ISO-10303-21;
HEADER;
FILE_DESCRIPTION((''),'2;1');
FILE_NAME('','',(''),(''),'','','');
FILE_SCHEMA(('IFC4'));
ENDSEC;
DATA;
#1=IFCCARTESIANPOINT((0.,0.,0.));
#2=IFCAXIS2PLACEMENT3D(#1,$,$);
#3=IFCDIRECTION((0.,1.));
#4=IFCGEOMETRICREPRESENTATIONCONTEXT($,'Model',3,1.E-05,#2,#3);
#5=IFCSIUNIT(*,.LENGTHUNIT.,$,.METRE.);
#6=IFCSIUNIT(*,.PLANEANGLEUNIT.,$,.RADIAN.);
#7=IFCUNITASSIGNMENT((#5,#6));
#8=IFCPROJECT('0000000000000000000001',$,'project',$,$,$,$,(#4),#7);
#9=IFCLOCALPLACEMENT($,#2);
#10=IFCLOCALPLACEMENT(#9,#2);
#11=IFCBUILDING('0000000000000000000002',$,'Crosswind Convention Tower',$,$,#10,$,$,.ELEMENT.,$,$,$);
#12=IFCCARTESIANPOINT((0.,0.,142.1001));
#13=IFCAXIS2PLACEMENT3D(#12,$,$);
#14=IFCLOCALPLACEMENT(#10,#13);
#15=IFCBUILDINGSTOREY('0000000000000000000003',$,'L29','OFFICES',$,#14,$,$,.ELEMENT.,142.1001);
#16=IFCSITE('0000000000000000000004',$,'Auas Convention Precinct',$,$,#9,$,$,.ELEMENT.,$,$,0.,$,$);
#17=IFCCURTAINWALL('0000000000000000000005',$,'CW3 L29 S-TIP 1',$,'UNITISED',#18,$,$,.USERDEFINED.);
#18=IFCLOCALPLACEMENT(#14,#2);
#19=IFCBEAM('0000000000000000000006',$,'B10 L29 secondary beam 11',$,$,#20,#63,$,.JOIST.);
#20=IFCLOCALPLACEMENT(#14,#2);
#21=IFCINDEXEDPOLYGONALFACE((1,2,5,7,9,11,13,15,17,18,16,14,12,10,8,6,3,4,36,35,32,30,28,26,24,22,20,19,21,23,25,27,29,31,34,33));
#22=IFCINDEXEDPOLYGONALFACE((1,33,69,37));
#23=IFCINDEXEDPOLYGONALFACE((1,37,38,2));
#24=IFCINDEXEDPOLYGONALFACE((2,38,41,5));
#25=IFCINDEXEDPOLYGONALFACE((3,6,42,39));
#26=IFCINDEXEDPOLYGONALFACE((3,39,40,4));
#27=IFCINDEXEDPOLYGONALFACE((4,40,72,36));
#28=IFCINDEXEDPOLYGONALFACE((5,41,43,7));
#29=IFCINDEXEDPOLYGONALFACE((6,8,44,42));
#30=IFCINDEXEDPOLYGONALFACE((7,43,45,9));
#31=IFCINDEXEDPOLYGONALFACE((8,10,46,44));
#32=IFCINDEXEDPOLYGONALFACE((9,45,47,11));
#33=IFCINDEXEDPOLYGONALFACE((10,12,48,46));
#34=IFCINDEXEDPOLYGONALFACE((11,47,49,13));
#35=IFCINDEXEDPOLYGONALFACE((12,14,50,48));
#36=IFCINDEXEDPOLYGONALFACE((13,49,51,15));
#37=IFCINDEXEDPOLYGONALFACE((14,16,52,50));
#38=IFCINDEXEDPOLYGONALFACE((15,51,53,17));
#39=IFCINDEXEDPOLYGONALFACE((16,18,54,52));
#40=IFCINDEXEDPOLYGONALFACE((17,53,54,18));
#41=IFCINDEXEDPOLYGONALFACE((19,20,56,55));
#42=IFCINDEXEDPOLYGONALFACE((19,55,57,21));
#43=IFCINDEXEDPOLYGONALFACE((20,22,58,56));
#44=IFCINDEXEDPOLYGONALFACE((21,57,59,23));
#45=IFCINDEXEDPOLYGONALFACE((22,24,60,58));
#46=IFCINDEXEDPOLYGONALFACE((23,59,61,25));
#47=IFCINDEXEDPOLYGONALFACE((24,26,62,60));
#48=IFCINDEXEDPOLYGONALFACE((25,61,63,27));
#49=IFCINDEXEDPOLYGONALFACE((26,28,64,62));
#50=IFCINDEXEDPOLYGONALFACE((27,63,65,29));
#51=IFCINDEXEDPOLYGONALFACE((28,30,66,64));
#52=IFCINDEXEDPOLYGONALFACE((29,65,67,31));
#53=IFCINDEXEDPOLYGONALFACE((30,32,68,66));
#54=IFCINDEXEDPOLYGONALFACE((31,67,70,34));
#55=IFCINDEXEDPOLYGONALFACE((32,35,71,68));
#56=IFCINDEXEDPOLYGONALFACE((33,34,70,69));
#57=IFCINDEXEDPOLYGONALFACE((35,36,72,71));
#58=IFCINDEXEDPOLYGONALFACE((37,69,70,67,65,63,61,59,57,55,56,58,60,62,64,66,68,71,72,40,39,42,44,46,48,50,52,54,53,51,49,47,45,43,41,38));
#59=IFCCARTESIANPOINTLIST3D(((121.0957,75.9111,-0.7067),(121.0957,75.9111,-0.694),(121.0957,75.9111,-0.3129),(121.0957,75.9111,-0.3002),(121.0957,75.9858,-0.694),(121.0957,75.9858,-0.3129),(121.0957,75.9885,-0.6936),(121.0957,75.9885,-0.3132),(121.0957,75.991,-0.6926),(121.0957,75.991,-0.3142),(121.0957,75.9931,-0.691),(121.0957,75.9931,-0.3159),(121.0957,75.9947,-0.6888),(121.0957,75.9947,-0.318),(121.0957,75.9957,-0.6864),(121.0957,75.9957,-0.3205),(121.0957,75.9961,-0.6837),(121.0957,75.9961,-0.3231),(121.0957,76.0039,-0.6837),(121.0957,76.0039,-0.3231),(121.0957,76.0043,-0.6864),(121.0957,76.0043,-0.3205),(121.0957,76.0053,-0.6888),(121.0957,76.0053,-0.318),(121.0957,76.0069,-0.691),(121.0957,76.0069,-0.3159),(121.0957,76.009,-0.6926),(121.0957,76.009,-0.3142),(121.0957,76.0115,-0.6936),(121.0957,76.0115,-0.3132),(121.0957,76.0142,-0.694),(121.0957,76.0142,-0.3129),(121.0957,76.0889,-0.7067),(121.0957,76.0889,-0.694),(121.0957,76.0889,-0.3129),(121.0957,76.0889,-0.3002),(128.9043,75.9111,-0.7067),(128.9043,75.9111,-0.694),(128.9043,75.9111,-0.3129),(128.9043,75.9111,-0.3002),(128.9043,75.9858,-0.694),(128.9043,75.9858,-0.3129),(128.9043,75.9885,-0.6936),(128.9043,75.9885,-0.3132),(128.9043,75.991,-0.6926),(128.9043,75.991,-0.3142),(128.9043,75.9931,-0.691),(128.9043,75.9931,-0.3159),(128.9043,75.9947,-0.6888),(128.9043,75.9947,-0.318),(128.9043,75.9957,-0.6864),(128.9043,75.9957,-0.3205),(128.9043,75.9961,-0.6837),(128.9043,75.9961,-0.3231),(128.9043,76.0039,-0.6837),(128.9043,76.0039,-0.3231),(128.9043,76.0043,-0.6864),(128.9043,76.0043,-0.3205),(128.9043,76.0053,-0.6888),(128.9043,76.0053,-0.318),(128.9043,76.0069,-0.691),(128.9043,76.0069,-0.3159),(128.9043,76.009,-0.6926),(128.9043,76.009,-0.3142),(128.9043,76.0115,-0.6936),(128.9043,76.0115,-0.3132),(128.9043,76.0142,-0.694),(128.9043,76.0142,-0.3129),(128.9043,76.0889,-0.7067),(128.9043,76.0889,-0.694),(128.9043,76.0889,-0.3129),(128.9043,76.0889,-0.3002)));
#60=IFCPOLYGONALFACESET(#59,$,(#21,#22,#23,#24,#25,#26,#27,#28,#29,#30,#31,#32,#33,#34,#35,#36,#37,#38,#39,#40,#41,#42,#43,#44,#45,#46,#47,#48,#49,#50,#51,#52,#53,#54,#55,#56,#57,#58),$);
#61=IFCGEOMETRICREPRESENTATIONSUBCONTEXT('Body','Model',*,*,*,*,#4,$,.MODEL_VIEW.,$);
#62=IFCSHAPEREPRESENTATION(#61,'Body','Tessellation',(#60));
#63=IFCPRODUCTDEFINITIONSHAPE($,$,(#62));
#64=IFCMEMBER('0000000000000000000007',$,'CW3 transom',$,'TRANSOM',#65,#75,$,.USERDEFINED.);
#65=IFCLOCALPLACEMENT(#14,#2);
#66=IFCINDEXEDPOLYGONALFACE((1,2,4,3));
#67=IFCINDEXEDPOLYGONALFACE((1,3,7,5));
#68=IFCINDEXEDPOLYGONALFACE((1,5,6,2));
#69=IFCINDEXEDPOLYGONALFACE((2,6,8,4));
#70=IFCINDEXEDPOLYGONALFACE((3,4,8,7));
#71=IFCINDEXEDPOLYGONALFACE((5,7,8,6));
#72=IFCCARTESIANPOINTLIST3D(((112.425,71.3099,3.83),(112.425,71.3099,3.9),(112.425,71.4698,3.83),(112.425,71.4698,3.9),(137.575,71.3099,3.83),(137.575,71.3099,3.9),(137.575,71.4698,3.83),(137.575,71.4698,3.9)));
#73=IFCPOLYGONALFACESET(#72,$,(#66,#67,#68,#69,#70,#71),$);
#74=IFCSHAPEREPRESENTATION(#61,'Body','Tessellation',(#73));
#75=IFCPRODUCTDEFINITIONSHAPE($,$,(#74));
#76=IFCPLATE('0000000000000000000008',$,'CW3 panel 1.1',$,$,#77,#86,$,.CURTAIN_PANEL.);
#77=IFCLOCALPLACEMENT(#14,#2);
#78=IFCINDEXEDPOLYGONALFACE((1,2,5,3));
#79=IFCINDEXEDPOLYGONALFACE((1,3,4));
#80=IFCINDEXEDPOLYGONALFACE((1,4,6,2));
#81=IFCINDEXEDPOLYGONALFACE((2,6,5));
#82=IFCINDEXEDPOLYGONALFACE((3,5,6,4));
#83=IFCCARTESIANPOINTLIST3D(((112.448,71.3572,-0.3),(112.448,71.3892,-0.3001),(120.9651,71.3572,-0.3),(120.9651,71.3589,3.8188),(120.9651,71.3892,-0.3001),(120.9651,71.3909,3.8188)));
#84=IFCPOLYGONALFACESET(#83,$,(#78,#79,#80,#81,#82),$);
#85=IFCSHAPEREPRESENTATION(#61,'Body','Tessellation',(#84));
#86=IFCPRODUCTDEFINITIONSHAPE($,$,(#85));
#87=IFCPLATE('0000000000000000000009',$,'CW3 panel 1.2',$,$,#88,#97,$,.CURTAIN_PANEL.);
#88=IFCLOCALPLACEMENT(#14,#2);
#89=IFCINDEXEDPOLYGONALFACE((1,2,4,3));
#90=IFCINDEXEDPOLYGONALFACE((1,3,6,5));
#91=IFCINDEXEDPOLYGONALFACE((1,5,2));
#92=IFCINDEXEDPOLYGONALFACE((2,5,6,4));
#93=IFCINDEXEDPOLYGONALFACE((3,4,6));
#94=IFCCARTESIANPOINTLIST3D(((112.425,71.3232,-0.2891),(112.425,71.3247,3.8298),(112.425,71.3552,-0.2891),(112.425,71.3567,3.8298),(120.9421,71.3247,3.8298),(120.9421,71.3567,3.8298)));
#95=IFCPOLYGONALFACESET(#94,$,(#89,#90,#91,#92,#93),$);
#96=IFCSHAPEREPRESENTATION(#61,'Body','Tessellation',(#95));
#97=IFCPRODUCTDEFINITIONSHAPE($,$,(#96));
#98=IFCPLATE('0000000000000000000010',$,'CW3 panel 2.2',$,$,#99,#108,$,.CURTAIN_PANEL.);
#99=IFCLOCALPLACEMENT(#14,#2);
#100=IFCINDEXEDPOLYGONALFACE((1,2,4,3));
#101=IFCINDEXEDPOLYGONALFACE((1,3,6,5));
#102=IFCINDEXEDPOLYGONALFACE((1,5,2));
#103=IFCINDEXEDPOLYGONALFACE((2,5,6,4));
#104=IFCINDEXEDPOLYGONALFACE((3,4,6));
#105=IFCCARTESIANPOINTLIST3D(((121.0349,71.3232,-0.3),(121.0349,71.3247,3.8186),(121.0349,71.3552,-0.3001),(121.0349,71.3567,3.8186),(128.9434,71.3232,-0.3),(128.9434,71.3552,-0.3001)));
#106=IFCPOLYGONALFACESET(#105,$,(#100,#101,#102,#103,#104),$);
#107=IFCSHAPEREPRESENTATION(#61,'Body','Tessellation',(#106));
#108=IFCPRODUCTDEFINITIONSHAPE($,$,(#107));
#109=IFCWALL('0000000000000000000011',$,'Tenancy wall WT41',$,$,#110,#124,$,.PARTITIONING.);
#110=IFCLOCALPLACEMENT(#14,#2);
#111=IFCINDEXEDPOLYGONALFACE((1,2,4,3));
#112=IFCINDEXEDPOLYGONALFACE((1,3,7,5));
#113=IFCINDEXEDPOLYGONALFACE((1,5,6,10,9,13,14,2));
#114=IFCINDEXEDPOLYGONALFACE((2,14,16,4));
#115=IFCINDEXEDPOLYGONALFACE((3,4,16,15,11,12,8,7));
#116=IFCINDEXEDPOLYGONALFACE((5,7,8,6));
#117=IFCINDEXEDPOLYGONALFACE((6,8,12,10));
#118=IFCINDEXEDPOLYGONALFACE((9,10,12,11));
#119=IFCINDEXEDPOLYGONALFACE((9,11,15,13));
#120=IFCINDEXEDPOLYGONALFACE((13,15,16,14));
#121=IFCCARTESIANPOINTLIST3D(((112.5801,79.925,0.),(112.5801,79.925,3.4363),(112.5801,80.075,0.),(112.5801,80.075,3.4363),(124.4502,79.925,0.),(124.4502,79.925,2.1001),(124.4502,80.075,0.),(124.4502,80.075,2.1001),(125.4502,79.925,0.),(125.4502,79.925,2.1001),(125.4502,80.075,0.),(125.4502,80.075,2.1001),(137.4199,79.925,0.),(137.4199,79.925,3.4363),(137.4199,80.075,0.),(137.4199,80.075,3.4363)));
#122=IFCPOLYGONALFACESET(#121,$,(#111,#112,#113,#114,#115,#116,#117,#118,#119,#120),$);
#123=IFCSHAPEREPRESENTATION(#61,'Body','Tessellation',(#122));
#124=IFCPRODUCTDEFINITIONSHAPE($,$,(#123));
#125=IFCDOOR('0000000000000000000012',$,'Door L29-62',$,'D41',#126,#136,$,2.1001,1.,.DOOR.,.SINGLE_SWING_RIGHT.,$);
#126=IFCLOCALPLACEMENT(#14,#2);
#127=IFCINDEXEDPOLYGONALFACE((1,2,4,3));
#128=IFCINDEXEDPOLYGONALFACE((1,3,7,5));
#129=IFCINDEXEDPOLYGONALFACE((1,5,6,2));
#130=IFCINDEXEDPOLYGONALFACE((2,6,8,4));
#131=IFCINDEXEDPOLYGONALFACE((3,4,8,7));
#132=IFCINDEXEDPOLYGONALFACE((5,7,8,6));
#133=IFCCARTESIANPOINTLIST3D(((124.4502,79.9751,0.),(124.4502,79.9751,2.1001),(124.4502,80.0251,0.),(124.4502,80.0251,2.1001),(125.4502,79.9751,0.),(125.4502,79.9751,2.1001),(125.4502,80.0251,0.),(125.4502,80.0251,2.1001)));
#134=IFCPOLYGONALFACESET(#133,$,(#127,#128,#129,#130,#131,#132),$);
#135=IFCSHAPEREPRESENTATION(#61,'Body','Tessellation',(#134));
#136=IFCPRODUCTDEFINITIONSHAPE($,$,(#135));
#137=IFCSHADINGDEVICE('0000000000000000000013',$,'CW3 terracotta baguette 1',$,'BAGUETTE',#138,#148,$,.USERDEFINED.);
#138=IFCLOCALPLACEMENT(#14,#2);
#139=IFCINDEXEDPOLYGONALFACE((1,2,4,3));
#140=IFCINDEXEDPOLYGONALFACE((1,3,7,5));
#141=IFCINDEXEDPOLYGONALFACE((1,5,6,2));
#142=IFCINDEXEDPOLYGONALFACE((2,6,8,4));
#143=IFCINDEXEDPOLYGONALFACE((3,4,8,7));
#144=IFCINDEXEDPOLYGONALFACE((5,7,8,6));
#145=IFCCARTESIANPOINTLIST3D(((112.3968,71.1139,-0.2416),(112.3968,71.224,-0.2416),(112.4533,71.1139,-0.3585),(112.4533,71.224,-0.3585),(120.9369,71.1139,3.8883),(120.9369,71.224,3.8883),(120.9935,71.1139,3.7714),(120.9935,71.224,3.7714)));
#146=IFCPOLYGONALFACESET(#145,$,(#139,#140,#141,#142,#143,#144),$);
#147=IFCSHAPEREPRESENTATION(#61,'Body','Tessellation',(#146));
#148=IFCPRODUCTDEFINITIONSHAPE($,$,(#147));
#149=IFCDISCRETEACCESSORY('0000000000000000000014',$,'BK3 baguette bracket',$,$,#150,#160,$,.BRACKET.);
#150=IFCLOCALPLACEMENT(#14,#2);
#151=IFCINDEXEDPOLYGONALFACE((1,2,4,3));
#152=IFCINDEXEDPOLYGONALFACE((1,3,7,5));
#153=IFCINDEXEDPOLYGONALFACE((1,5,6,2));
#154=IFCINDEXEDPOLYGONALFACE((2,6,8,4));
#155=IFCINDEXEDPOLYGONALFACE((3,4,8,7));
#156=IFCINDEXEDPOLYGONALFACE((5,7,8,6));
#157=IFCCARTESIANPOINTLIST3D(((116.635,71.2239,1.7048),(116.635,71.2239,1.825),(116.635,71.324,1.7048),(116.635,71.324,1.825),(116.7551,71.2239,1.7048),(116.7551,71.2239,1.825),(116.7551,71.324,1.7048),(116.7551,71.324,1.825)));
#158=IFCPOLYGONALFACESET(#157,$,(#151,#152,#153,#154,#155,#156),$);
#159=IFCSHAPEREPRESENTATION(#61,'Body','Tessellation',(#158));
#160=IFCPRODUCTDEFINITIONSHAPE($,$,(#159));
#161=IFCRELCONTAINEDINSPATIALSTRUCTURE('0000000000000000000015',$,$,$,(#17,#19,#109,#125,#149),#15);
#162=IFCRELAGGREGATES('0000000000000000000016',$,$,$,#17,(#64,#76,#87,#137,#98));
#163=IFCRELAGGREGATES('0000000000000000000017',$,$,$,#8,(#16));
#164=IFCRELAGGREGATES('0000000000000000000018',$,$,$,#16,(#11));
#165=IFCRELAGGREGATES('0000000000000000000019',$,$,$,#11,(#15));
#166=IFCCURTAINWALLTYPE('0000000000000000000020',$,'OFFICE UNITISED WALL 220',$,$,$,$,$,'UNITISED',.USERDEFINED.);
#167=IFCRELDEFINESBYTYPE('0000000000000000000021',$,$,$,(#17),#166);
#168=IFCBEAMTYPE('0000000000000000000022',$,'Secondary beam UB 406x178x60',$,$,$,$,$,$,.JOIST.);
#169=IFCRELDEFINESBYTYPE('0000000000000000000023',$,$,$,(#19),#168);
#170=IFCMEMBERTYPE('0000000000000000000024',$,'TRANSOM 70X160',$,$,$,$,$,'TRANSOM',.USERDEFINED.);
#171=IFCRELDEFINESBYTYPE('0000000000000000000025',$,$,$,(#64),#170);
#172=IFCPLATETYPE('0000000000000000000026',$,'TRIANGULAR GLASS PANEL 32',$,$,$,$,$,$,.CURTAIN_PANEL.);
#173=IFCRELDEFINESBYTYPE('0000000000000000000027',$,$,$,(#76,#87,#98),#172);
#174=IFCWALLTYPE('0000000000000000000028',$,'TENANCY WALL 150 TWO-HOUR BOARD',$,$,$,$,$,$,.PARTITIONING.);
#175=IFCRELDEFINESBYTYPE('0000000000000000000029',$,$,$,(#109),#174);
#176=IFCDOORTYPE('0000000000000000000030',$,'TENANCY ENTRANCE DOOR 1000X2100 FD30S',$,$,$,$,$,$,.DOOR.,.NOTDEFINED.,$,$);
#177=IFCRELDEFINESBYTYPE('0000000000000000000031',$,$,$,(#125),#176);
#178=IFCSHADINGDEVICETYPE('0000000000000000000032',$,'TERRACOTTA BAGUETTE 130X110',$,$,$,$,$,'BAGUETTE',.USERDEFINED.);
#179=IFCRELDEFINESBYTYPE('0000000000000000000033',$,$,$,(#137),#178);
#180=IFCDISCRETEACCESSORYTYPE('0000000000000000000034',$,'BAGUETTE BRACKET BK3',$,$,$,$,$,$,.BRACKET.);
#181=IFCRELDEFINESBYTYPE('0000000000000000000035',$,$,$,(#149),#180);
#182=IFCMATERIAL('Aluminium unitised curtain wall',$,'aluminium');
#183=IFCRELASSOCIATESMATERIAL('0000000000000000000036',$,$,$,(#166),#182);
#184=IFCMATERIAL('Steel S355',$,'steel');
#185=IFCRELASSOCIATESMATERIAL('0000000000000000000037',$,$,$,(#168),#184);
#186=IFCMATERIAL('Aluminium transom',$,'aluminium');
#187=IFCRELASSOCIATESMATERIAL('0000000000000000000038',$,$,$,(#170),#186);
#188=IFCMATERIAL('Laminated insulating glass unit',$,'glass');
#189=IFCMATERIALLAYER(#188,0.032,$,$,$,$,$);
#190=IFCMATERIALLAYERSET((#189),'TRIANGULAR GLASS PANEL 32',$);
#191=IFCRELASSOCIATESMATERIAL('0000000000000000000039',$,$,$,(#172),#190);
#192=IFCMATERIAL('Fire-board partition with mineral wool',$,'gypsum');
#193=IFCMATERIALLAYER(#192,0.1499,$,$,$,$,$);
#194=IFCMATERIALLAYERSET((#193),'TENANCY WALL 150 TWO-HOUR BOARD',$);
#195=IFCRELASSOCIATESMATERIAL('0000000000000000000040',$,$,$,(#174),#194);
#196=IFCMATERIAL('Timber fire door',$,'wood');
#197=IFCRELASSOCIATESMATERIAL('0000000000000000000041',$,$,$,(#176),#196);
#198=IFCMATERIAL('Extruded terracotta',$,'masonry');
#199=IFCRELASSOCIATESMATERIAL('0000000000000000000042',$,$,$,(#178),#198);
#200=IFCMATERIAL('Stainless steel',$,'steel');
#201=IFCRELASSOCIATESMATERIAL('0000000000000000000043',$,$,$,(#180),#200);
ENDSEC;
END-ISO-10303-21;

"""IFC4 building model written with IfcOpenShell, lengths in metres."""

from ifc_helpers import new_model, si_unit, direction, frame, frame_2d, origin, origin_2d, place, context, subcontext, project, spatial, polyline, rectangle, i_section, outline, extrude, material, layer, layer_set, material_profile, profile_set, type_object, element, fill, aggregate, save


model = new_model("IFC4")

# Units and contexts
model_context = context("Model", 3, precision=1e-05, world=origin(), true_north=direction((0.0, 1.0)))
body_context = subcontext(model_context, "Body", "Model", "MODEL_VIEW")
ifc_project = project(units=[si_unit("LENGTHUNIT", "METRE"), si_unit("PLANEANGLEUNIT", "RADIAN")], contexts=[model_context])

# Site, building, storey
site_placement = place(None, origin())
site = spatial("IfcSite", under=ifc_project, at=site_placement, Name="Auas Convention Precinct", CompositionType="ELEMENT", RefElevation=0.0)
building_placement = place(site_placement, origin())
building = spatial("IfcBuilding", under=site, at=building_placement, Name="Crosswind Convention Tower", CompositionType="ELEMENT")
storey_placement = place(building_placement, frame((0.0, 0.0, 142.1001)))
storey = spatial("IfcBuildingStorey", under=building, at=storey_placement, Name="L29", Description="OFFICES", CompositionType="ELEMENT", Elevation=142.1001)

# Shared definitions
ifc_material_1 = material(Name="Steel S355", Category="steel")

# Curtain wall
ifc_material_2 = material(Name="Aluminium unitised curtain wall", Category="aluminium")
curtain_wall_type_1 = type_object("IfcCurtainWallType", Name="OFFICE UNITISED WALL 220", ElementType="UNITISED", PredefinedType="USERDEFINED", material=ifc_material_2)
curtain_wall_1_placement = place(storey_placement, origin())
curtain_wall_1 = element("IfcCurtainWall", 1, at=curtain_wall_1_placement, inside=storey, type_object=curtain_wall_type_1, Name="CW3 L29 S-TIP 1", ObjectType="UNITISED", PredefinedType="USERDEFINED")

# Beam
ifc_material_profile_1 = material_profile(ifc_material_1, i_section(OverallWidth=0.1777, OverallDepth=0.4065, WebThickness=0.0078, FlangeThickness=0.0127, FilletRadius=0.0103, at=origin_2d()), Name="UB 406x178x60")
ifc_profile_set_1 = profile_set([ifc_material_profile_1], Name="Steel S355")
beam_type_1 = type_object("IfcBeamType", Name="Secondary beam UB 406x178x60", PredefinedType="JOIST", material=ifc_profile_set_1)
beam_1_placement = place(storey_placement, frame((121.0957, 76.0, -0.5034), z_axis=(1.0, 0.0, 0.0), x_axis=(0.0, 1.0, 0.0)))
element("IfcBeam", 2, at=beam_1_placement, inside=storey, type_object=beam_type_1, Name="B10 L29 secondary beam 11", PredefinedType="JOIST", context=body_context, shape_type="SweptSolid", body=[
    extrude(i_section(OverallWidth=0.1777, OverallDepth=0.4065, WebThickness=0.0078, FlangeThickness=0.0127, FilletRadius=0.0103, at=origin_2d()), origin(), (0.0, 0.0, 1.0), 7.8086),
])

# Member
ifc_material_3 = material(Name="Aluminium transom", Category="aluminium")
ifc_material_profile_2 = material_profile(ifc_material_3, rectangle(XDim=0.1599, YDim=0.0701, at=origin_2d()), Name="AL 160X70")
ifc_profile_set_2 = profile_set([ifc_material_profile_2], Name="Aluminium transom")
member_type_1 = type_object("IfcMemberType", Name="TRANSOM 70X160", ElementType="TRANSOM", PredefinedType="USERDEFINED", material=ifc_profile_set_2)
member_1_placement = place(storey_placement, frame((112.425, 71.3899, 3.865), z_axis=(1.0, 0.0, 0.0), x_axis=(0.0, 1.0, 0.0)))
member_1 = element("IfcMember", 3, at=member_1_placement, type_object=member_type_1, Name="CW3 transom", ObjectType="TRANSOM", PredefinedType="USERDEFINED", context=body_context, shape_type="SweptSolid", body=[
    extrude(rectangle(XDim=0.1599, YDim=0.0701, at=origin_2d()), origin(), (0.0, 0.0, 1.0), 25.1499),
])

# Plates
ifc_material_4 = material(Name="Laminated insulating glass unit", Category="glass")
ifc_layer_1 = layer(ifc_material_4, 0.032)
ifc_layer_set_1 = layer_set([ifc_layer_1], Name="TRIANGULAR GLASS PANEL 32")
plate_type = type_object("IfcPlateType", Name="TRIANGULAR GLASS PANEL 32", PredefinedType="CURTAIN_PANEL", material=ifc_layer_set_1)
plate_1_placement = place(storey_placement, frame((120.9651, 71.3572, -0.3), z_axis=(0.0, -1.0, 0.000415), x_axis=(0.0, 0.000415, 1.0)))
plate_1 = element("IfcPlate", 4, at=plate_1_placement, type_object=plate_type, Name="CW3 panel 1.1", PredefinedType="CURTAIN_PANEL", context=body_context, shape_type="SweptSolid", body=[
    extrude(outline(polyline([(0.0, 0.0), (4.1189, 0.0), (0.0, 8.5171), (0.0, 0.0)])), origin(), (0.0, 0.0, -1.0), 0.032),
])
plate_2_placement = place(storey_placement, frame((112.425, 71.3247, 3.8298), z_axis=(0.0, -1.0, 0.000356), x_axis=(0.0, -0.000356, -1.0)))
plate_2 = element("IfcPlate", 5, at=plate_2_placement, type_object=plate_type, Name="CW3 panel 1.2", PredefinedType="CURTAIN_PANEL", context=body_context, shape_type="SweptSolid", body=[
    extrude(outline(polyline([(0.0, 0.0), (4.1189, 0.0), (0.0, 8.5171), (0.0, 0.0)])), origin(), (0.0, 0.0, -1.0), 0.032),
])
plate_3_placement = place(storey_placement, frame((121.0349, 71.3232, -0.3), z_axis=(0.0, -1.0, 0.000356), x_axis=(1.0, 0.0, 0.0)))
plate_3 = element("IfcPlate", 6, at=plate_3_placement, type_object=plate_type, Name="CW3 panel 2.2", PredefinedType="CURTAIN_PANEL", context=body_context, shape_type="SweptSolid", body=[
    extrude(outline(polyline([(0.0, 0.0), (7.9084, 0.0), (0.0, 4.1187), (0.0, 0.0)])), origin(), (0.0, 0.0, -1.0), 0.032),
])

# Wall, opening, door
ifc_material_5 = material(Name="Fire-board partition with mineral wool", Category="gypsum")
ifc_layer_2 = layer(ifc_material_5, 0.1499)
ifc_layer_set_2 = layer_set([ifc_layer_2], Name="TENANCY WALL 150 TWO-HOUR BOARD")
wall_type = type_object("IfcWallType", Name="TENANCY WALL 150 TWO-HOUR BOARD", PredefinedType="PARTITIONING", material=ifc_layer_set_2)
wall_placement = place(storey_placement, frame((112.5801, 80.0, 0.0), z_axis=(0.0, 0.0, 1.0), x_axis=(1.0, 0.0, 0.0)))
wall = element("IfcWall", 7, at=wall_placement, inside=storey, type_object=wall_type, Name="Tenancy wall WT41", PredefinedType="PARTITIONING", context=body_context, shape_type="SweptSolid", body=[
    extrude(rectangle(XDim=24.8398, YDim=0.1499, at=frame_2d((12.4199, 0.0))), origin(), (0.0, 0.0, 1.0), 3.4363),
])
opening_placement = place(wall_placement, frame((11.8701, 0.0, 0.0)))
opening = element("IfcOpeningElement", 8, at=opening_placement, cuts=wall, PredefinedType="OPENING", context=body_context, shape_type="SweptSolid", body=[
    extrude(rectangle(XDim=1.0, YDim=2.1001, at=frame_2d((0.5, 1.05))), frame((0.0, 0.085, 0.0), z_axis=(0.0, -1.0, 0.0), x_axis=(1.0, 0.0, 0.0)), (0.0, 0.0, 1.0), 0.1699),
])
ifc_material_6 = material(Name="Timber fire door", Category="wood")
door_type = type_object("IfcDoorType", Name="TENANCY ENTRANCE DOOR 1000X2100 FD30S", OperationType="NOTDEFINED", PredefinedType="DOOR", material=ifc_material_6)
door_placement = place(opening_placement, frame((1.0, 0.0, 0.0), z_axis=(0.0, 0.0, 1.0), x_axis=(-1.0, 0.0, 0.0)))
door = element("IfcDoor", 9, at=door_placement, inside=storey, type_object=door_type, Name="Door L29-62", ObjectType="D41", OperationType="SINGLE_SWING_RIGHT", OverallHeight=2.1001, OverallWidth=1.0, PredefinedType="DOOR", context=body_context, shape_type="SweptSolid", body=[
    extrude(rectangle(XDim=1.0, YDim=2.1001, at=frame_2d((0.5, 1.05))), frame((0.0, 0.0249, 0.0), z_axis=(0.0, -1.0, 0.0), x_axis=(1.0, 0.0, 0.0)), (0.0, 0.0, 1.0), 0.05),
])
fill(opening, door)

# Shading device
ifc_material_7 = material(Name="Extruded terracotta", Category="masonry")
ifc_material_profile_3 = material_profile(ifc_material_7, rectangle(XDim=0.1101, YDim=0.1299, at=origin_2d()), Name="TC 110X130")
ifc_profile_set_3 = profile_set([ifc_material_profile_3], Name="Extruded terracotta")
shading_device_type = type_object("IfcShadingDeviceType", Name="TERRACOTTA BAGUETTE 130X110", ElementType="BAGUETTE", PredefinedType="USERDEFINED", material=ifc_profile_set_3)
shading_device_placement = place(storey_placement, frame((112.425, 71.1689, -0.3), z_axis=(0.900258, 0.0, 0.435356), x_axis=(0.0, 1.0, 0.0)))
shading_device = element("IfcShadingDevice", 10, at=shading_device_placement, type_object=shading_device_type, Name="CW3 terracotta baguette 1", ObjectType="BAGUETTE", PredefinedType="USERDEFINED", context=body_context, shape_type="SweptSolid", body=[
    extrude(rectangle(XDim=0.1101, YDim=0.1299, at=origin_2d()), origin(), (0.0, 0.0, 1.0), 9.4863),
])
aggregate(curtain_wall_1, [member_1, plate_1, plate_2, shading_device, plate_3])

# Discrete accessory
ifc_material_8 = material(Name="Stainless steel", Category="steel")
discrete_accessory_type = type_object("IfcDiscreteAccessoryType", Name="BAGUETTE BRACKET BK3", PredefinedType="BRACKET", material=ifc_material_8)
discrete_accessory_placement = place(storey_placement, frame((116.6951, 71.2739, 1.7048), z_axis=(0.0, 0.0, 1.0), x_axis=(1.0, 0.0, 0.0)))
element("IfcDiscreteAccessory", 11, at=discrete_accessory_placement, inside=storey, type_object=discrete_accessory_type, Name="BK3 baguette bracket", PredefinedType="BRACKET", context=body_context, shape_type="SweptSolid", body=[
    extrude(rectangle(XDim=0.1201, YDim=0.1001, at=origin_2d()), origin(), (0.0, 0.0, 1.0), 0.1201),
])

save(model, "model.ifc")
